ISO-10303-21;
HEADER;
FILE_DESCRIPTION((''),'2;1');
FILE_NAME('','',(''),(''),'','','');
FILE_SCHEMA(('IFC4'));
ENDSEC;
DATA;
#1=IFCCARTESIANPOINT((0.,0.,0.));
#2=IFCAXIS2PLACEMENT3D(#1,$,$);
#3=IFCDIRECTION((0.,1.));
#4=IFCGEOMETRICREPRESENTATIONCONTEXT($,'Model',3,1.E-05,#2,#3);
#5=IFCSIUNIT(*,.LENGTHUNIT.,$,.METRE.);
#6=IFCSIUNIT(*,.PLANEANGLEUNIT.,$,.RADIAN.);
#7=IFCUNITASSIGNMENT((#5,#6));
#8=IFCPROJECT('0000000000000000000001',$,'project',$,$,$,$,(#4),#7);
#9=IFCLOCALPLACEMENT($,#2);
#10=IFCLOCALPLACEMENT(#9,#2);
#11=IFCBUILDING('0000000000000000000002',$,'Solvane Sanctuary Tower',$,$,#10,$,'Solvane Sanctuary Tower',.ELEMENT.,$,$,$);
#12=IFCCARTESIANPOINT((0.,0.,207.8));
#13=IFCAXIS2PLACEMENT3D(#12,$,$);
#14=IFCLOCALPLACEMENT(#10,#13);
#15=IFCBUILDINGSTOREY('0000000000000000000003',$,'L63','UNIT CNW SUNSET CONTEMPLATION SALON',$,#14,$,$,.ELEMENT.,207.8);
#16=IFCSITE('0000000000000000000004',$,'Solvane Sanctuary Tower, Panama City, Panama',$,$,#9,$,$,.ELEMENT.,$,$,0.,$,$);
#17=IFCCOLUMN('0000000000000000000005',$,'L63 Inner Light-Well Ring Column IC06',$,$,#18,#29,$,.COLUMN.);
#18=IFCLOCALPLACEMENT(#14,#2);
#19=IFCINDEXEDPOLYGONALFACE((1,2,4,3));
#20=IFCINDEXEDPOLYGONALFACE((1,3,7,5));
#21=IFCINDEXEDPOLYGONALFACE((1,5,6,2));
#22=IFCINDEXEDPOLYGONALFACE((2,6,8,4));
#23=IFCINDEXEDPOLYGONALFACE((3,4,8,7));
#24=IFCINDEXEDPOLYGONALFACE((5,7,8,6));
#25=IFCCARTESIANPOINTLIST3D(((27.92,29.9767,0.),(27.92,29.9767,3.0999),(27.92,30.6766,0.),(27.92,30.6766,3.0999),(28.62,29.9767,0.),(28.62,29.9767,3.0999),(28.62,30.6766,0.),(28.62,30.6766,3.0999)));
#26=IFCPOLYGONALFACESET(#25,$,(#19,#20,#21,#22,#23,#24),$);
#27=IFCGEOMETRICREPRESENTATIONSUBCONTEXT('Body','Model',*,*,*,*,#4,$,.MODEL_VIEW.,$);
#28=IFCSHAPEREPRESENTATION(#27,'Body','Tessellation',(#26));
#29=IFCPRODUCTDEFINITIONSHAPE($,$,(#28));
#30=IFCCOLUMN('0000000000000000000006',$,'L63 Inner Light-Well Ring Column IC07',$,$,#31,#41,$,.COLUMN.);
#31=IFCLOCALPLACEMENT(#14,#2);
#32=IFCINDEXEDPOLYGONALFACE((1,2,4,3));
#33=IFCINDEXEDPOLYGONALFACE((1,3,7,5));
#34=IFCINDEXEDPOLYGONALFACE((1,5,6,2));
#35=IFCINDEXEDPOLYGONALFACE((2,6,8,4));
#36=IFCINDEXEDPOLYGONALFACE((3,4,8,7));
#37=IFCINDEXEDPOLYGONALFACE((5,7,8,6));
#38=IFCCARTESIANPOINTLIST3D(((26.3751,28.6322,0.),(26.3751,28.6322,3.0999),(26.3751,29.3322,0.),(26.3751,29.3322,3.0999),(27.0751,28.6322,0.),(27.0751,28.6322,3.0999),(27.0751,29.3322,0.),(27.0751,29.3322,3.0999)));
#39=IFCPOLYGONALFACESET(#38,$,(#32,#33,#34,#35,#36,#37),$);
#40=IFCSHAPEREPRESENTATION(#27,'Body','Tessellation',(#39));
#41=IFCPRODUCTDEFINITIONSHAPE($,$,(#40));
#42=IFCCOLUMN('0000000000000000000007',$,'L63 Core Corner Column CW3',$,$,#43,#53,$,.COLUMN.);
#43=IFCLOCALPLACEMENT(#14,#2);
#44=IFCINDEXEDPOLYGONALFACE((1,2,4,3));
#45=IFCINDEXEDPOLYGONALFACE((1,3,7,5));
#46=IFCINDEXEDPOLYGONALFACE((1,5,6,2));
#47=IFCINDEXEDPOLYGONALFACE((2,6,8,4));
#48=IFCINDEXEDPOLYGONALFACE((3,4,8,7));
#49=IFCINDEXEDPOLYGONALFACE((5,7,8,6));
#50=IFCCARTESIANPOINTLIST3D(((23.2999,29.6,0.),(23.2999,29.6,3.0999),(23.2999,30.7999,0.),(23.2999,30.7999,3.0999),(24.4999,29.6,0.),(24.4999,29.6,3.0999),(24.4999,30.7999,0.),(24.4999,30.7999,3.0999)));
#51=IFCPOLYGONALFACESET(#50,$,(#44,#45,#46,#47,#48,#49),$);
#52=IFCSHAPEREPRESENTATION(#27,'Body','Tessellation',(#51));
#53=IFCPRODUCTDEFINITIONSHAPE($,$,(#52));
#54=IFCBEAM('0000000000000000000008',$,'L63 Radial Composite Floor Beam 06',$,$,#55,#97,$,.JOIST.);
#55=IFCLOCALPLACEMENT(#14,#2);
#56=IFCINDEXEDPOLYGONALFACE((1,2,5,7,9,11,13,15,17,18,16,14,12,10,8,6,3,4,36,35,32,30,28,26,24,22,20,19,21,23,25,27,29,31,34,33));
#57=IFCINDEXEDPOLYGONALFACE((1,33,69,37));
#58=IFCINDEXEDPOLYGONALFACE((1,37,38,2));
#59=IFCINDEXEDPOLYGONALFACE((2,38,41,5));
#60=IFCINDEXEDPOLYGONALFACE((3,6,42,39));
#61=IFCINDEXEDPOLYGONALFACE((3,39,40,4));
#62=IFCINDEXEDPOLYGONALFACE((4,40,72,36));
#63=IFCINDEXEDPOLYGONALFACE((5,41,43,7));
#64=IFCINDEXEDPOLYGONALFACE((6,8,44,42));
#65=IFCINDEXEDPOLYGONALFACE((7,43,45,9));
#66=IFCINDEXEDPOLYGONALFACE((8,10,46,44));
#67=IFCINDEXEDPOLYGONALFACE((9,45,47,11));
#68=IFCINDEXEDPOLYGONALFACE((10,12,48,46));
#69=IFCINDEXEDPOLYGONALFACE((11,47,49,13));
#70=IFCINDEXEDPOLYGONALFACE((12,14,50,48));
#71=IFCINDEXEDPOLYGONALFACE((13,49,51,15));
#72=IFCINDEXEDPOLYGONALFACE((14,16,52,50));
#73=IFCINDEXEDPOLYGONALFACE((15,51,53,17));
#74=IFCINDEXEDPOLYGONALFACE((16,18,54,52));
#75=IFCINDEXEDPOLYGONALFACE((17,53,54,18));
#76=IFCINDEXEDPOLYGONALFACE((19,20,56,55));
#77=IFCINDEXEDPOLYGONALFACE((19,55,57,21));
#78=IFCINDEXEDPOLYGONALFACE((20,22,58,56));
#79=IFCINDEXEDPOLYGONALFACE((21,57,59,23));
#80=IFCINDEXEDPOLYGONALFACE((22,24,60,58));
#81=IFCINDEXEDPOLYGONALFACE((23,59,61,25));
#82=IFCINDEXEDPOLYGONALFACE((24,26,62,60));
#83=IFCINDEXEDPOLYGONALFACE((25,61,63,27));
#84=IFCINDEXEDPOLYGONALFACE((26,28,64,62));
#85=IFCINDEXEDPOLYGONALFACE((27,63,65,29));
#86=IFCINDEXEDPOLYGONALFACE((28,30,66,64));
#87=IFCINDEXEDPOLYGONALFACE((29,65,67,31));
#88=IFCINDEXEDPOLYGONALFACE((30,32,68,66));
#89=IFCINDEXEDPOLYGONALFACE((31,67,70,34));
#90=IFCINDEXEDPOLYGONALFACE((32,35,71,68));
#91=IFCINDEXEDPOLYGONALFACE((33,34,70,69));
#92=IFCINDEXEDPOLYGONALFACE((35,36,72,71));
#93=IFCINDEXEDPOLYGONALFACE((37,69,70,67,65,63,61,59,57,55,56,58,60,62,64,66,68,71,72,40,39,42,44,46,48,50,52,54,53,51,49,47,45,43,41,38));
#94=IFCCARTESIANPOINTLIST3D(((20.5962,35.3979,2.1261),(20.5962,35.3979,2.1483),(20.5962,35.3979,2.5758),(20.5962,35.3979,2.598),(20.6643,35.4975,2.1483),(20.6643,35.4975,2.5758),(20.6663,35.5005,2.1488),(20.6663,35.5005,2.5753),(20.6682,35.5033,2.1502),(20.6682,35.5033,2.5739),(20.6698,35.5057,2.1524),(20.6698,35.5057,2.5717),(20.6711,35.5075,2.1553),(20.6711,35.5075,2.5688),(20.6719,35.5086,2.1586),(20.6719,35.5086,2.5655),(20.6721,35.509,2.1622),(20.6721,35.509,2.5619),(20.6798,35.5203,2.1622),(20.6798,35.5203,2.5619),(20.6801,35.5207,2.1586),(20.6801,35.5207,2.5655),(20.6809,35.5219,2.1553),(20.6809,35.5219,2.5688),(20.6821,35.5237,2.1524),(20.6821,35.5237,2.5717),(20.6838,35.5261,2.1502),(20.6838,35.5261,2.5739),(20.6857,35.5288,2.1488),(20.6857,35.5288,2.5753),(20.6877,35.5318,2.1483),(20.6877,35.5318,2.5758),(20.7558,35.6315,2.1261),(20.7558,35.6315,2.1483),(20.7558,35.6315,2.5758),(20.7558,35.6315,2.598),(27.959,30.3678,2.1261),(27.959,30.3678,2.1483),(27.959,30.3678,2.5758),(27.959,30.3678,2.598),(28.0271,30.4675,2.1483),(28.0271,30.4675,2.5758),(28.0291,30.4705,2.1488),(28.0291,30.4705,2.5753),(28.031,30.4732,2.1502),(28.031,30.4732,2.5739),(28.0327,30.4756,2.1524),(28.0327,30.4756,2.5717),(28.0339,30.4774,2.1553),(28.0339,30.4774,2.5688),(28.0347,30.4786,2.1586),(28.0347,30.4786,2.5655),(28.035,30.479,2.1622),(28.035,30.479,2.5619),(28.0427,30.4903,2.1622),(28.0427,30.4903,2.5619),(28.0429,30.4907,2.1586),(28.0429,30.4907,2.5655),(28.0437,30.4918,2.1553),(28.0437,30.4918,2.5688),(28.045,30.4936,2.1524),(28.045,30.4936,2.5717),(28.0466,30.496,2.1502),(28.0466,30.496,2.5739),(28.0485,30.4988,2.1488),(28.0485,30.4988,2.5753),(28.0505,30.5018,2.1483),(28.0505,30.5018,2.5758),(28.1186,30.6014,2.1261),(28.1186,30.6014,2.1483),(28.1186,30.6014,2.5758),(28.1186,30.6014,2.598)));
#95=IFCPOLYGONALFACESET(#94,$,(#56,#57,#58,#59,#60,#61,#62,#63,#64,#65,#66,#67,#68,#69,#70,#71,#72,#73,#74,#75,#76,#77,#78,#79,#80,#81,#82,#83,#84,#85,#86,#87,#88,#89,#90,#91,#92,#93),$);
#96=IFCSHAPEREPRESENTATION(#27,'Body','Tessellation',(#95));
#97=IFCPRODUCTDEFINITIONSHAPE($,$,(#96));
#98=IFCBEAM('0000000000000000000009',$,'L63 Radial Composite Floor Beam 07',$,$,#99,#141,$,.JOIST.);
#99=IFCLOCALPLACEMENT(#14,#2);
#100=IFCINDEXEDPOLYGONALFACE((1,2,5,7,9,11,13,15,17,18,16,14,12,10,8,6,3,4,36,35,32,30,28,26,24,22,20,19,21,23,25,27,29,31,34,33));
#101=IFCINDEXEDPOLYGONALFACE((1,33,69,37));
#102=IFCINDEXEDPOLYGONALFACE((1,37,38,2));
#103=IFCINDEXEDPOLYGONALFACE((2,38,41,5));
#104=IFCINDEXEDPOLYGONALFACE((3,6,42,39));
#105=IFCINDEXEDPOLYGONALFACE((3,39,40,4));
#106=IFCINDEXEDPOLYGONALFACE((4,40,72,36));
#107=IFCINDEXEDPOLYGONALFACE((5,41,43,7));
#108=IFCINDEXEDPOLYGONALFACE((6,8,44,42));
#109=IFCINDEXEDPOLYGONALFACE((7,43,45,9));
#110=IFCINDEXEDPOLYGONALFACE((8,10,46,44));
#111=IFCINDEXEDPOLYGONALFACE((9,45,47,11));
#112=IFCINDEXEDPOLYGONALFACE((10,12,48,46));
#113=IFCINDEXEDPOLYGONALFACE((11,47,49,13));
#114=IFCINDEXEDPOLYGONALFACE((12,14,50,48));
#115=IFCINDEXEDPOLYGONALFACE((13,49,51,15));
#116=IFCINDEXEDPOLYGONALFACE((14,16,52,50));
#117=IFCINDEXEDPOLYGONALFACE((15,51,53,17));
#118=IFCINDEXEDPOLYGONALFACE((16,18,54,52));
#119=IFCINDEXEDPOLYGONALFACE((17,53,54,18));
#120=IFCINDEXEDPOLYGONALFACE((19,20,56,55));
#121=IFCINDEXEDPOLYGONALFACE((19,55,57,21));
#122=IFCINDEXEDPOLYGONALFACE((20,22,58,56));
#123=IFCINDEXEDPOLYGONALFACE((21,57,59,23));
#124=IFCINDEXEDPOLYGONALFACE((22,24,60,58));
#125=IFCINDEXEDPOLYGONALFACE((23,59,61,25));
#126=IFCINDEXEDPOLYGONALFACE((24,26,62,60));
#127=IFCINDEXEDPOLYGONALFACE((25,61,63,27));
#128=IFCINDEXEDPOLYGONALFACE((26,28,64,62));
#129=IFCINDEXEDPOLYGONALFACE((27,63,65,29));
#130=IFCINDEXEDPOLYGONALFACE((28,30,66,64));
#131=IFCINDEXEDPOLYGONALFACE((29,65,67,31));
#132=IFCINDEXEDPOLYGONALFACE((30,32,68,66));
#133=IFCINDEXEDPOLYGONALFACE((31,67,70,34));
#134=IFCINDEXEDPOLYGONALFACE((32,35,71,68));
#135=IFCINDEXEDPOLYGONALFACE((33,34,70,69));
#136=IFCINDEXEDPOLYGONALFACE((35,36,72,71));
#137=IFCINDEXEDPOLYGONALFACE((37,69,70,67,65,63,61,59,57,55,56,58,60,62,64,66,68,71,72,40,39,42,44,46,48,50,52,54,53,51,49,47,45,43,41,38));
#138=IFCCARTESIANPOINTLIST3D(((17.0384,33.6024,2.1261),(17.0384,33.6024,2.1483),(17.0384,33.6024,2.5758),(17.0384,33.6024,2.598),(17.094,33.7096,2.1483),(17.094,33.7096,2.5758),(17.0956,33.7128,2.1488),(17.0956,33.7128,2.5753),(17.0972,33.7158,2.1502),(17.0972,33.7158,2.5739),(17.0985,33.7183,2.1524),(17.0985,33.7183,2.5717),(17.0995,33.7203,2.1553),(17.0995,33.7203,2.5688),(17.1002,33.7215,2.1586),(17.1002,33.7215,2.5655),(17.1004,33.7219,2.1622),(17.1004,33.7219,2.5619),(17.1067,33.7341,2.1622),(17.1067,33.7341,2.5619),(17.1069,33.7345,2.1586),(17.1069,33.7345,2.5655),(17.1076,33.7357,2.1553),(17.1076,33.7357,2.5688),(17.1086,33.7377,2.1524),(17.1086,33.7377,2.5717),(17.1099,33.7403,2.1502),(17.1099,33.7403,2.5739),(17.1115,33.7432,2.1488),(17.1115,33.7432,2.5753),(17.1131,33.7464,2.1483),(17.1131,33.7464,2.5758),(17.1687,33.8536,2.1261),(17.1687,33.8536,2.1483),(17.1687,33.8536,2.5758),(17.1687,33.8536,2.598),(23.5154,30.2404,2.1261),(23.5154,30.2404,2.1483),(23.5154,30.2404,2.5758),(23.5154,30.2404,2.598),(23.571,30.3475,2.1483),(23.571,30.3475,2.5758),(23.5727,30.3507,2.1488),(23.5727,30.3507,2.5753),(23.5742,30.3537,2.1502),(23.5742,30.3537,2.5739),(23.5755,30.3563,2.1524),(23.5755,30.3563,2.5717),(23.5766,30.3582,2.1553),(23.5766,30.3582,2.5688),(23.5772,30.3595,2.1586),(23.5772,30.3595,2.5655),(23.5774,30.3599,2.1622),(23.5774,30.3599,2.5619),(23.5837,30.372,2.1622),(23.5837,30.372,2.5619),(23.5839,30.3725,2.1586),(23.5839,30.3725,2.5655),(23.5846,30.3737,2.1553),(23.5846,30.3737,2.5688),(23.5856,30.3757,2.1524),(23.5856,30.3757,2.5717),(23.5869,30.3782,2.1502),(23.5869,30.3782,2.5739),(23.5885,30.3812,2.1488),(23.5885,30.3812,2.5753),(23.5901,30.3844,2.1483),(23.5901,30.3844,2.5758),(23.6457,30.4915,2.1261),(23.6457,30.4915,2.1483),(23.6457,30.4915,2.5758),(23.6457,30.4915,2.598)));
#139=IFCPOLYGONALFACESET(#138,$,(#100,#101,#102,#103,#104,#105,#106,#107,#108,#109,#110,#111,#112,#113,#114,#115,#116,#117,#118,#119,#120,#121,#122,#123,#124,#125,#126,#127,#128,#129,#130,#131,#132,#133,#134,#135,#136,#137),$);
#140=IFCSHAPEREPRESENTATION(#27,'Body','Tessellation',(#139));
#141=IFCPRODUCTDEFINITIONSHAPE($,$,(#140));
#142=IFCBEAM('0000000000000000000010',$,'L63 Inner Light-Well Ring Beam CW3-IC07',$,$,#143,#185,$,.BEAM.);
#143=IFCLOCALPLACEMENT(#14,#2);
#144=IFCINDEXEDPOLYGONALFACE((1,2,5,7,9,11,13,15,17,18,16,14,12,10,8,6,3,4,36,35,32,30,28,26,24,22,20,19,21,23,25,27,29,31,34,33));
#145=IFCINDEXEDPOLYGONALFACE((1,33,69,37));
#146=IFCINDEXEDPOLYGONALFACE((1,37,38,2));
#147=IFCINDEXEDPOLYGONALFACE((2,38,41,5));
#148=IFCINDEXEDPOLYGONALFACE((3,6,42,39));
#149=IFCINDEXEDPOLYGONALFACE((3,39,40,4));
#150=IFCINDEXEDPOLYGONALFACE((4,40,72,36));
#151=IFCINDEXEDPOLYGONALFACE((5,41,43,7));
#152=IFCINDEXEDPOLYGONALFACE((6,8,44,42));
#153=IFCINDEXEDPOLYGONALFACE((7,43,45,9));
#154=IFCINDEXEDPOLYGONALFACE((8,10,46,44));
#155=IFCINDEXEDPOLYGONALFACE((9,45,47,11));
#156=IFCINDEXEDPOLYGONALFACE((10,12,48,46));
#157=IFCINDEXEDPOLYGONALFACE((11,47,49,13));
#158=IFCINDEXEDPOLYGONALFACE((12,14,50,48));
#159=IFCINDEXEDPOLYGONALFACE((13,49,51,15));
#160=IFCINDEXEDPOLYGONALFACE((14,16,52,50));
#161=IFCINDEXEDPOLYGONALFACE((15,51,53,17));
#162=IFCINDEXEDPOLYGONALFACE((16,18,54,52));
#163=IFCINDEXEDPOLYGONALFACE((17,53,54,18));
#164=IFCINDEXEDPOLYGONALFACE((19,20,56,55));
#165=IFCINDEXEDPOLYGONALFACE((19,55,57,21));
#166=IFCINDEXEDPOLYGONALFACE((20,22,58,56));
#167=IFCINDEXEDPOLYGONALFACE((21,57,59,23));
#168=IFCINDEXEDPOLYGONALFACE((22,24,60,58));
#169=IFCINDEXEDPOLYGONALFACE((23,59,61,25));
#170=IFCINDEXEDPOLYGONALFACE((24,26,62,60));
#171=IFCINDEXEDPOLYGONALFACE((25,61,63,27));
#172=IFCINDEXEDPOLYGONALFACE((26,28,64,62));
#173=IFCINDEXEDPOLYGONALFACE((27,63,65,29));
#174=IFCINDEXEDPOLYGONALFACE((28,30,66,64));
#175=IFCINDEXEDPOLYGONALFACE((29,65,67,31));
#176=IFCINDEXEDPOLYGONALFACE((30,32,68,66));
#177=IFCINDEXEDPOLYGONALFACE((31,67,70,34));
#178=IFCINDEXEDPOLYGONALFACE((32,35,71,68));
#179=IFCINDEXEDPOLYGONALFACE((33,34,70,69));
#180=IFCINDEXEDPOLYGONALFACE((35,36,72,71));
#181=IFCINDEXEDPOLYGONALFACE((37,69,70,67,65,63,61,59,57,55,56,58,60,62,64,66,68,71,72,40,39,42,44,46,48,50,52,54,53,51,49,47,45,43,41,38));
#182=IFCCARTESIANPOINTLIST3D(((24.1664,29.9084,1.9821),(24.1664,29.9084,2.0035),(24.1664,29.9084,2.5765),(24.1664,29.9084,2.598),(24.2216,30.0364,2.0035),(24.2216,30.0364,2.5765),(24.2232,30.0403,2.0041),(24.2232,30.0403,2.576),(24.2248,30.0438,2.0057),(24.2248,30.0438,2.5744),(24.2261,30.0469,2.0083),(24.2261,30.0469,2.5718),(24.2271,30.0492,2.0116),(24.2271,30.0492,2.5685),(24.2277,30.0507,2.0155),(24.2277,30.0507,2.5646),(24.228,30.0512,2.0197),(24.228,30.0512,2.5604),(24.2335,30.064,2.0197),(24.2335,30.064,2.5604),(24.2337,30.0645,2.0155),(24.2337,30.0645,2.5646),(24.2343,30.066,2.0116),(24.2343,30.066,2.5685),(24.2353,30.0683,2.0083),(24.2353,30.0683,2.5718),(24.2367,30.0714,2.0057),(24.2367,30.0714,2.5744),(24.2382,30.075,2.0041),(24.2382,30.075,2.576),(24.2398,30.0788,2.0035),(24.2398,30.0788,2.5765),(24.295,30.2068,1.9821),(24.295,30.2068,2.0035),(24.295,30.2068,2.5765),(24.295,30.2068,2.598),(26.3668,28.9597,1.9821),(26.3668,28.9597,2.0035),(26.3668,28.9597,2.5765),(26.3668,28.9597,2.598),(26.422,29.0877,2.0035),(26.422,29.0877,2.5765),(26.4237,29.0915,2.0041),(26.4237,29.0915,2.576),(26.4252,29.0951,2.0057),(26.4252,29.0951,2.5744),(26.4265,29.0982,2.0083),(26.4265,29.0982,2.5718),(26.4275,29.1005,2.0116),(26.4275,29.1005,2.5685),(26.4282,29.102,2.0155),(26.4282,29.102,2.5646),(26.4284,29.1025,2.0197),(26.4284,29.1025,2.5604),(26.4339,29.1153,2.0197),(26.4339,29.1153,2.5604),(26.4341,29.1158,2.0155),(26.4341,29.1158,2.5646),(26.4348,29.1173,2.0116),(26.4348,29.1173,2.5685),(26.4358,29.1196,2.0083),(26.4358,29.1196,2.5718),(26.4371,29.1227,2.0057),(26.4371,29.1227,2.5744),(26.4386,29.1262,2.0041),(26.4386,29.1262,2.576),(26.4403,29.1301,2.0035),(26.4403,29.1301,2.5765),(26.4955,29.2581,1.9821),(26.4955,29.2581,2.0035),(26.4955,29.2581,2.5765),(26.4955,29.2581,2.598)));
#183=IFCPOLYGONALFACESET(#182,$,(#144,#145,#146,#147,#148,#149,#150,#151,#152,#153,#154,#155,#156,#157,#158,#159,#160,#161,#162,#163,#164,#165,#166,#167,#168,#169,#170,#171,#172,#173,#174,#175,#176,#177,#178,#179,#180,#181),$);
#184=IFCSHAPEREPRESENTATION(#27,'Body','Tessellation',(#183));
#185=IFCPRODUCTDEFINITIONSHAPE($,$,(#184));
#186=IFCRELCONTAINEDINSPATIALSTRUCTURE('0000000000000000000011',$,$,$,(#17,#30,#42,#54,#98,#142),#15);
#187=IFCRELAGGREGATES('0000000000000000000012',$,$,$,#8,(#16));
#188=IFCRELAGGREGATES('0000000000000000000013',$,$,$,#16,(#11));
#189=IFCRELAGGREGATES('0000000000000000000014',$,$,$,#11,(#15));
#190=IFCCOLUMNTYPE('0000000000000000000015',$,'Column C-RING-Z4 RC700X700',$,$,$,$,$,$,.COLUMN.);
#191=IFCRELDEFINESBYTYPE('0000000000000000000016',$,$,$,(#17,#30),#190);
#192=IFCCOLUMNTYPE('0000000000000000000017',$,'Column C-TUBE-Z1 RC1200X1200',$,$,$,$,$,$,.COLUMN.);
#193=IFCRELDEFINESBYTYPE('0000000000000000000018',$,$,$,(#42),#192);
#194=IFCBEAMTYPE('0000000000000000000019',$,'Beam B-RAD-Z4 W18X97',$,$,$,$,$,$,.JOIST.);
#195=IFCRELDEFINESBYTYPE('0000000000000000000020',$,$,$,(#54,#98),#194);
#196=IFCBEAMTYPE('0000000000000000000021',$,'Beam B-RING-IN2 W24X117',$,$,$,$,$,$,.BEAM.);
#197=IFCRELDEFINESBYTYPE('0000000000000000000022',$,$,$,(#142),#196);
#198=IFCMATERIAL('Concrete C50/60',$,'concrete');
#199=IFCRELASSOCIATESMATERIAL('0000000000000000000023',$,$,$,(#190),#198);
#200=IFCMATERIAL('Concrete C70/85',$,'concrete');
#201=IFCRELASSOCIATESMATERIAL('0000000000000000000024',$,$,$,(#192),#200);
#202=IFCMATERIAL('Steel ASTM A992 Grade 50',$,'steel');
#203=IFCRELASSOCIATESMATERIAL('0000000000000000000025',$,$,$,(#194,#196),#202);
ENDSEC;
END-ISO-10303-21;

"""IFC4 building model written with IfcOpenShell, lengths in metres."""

from ifc_helpers import new_model, si_unit, direction, frame, origin, origin_2d, place, context, subcontext, project, spatial, rectangle, i_section, extrude, material, material_profile, profile_set, type_object, element, save


model = new_model("IFC4")

# Units and contexts
model_context = context("Model", 3, precision=1e-05, world=origin(), true_north=direction((0.0, 1.0)))
body_context = subcontext(model_context, "Body", "Model", "MODEL_VIEW")
ifc_project = project(units=[si_unit("LENGTHUNIT", "METRE"), si_unit("PLANEANGLEUNIT", "RADIAN")], contexts=[model_context])

# Site, building, storey
site_placement = place(None, origin())
site = spatial("IfcSite", under=ifc_project, at=site_placement, Name="Solvane Sanctuary Tower, Panama City, Panama", CompositionType="ELEMENT", RefElevation=0.0)
building_placement = place(site_placement, origin())
building = spatial("IfcBuilding", under=site, at=building_placement, Name="Solvane Sanctuary Tower", LongName="Solvane Sanctuary Tower", CompositionType="ELEMENT")
storey_placement = place(building_placement, frame((0.0, 0.0, 207.8)))
storey = spatial("IfcBuildingStorey", under=building, at=storey_placement, Name="L63", Description="UNIT CNW SUNSET CONTEMPLATION SALON", CompositionType="ELEMENT", Elevation=207.8)

# Columns
ifc_material_1 = material(Name="Concrete C50/60", Category="concrete")
ifc_material_profile_1 = material_profile(ifc_material_1, rectangle(XDim=0.7, YDim=0.7, at=origin_2d()), Name="RC700X700")
ifc_profile_set_1 = profile_set([ifc_material_profile_1], Name="Concrete C50/60")
column_type_1 = type_object("IfcColumnType", Name="Column C-RING-Z4 RC700X700", PredefinedType="COLUMN", material=ifc_profile_set_1)
for number, where, z_axis, x_axis, name in (
    (1, (28.27, 30.3267, 0.0), (0.0, 0.0, 1.0), (1.0, 0.0, 0.0), "L63 Inner Light-Well Ring Column IC06"),
    (2, (26.7251, 28.9822, 0.0), (0.0, 0.0, 1.0), (1.0, 0.0, 0.0), "L63 Inner Light-Well Ring Column IC07"),
):
    element("IfcColumn", number, at=place(storey_placement, frame(where, z_axis=z_axis, x_axis=x_axis)), inside=storey, type_object=column_type_1, Name=name, PredefinedType="COLUMN", context=body_context, shape_type="SweptSolid", body=[
        extrude(rectangle(XDim=0.7, YDim=0.7, at=origin_2d()), origin(), (0.0, 0.0, 1.0), 3.0999),
    ])
ifc_material_2 = material(Name="Concrete C70/85", Category="concrete")
ifc_material_profile_2 = material_profile(ifc_material_2, rectangle(XDim=1.2, YDim=1.2, at=origin_2d()), Name="RC1200X1200")
ifc_profile_set_2 = profile_set([ifc_material_profile_2], Name="Concrete C70/85")
column_type_2 = type_object("IfcColumnType", Name="Column C-TUBE-Z1 RC1200X1200", PredefinedType="COLUMN", material=ifc_profile_set_2)
column_placement = place(storey_placement, frame((23.8999, 30.2, 0.0), z_axis=(0.0, 0.0, 1.0), x_axis=(1.0, 0.0, 0.0)))
element("IfcColumn", 3, at=column_placement, inside=storey, type_object=column_type_2, Name="L63 Core Corner Column CW3", PredefinedType="COLUMN", context=body_context, shape_type="SweptSolid", body=[
    extrude(rectangle(XDim=1.2, YDim=1.2, at=origin_2d()), origin(), (0.0, 0.0, 1.0), 3.0999),
])

# Beams
ifc_material_3 = material(Name="Steel ASTM A992 Grade 50", Category="steel")
ifc_material_profile_3 = material_profile(ifc_material_3, i_section(OverallWidth=0.283, OverallDepth=0.4719, WebThickness=0.0137, FlangeThickness=0.0222, FilletRadius=0.0139, at=origin_2d()), Name="W18X97")
ifc_profile_set_3 = profile_set([ifc_material_profile_3], Name="Steel ASTM A992 Grade 50")
beam_type_1 = type_object("IfcBeamType", Name="Beam B-RAD-Z4 W18X97", PredefinedType="JOIST", material=ifc_profile_set_3)
beam_1_placement = place(storey_placement, frame((28.0388, 30.4846, 2.3621), z_axis=(-0.825708, 0.564098, 0.0), x_axis=(-0.564098, -0.825708, 0.0)))
element("IfcBeam", 4, at=beam_1_placement, inside=storey, type_object=beam_type_1, Name="L63 Radial Composite Floor Beam 06", PredefinedType="JOIST", context=body_context, shape_type="SweptSolid", body=[
    extrude(i_section(OverallWidth=0.283, OverallDepth=0.4719, WebThickness=0.0137, FlangeThickness=0.0222, FilletRadius=0.0139, at=origin_2d()), origin(), (0.0, 0.0, 1.0), 8.917),
])
beam_2_placement = place(storey_placement, frame((23.5806, 30.366, 2.3621), z_axis=(-0.887553, 0.460705, 0.0), x_axis=(-0.460705, -0.887553, 0.0)))
element("IfcBeam", 5, at=beam_2_placement, inside=storey, type_object=beam_type_1, Name="L63 Radial Composite Floor Beam 07", PredefinedType="JOIST", context=body_context, shape_type="SweptSolid", body=[
    extrude(i_section(OverallWidth=0.283, OverallDepth=0.4719, WebThickness=0.0137, FlangeThickness=0.0222, FilletRadius=0.0139, at=origin_2d()), origin(), (0.0, 0.0, 1.0), 7.2976),
])
ifc_material_profile_4 = material_profile(ifc_material_3, i_section(OverallWidth=0.325, OverallDepth=0.616, WebThickness=0.0139, FlangeThickness=0.0215, FilletRadius=0.0161, at=origin_2d()), Name="W24X117")
ifc_profile_set_4 = profile_set([ifc_material_profile_4], Name="Steel ASTM A992 Grade 50")
beam_type_2 = type_object("IfcBeamType", Name="Beam B-RING-IN2 W24X117", PredefinedType="BEAM", material=ifc_profile_set_4)
beam_3_placement = place(storey_placement, frame((24.2307, 30.0576, 2.29), z_axis=(0.918284, -0.395923, 0.0), x_axis=(0.395923, 0.918284, 0.0)))
element("IfcBeam", 6, at=beam_3_placement, inside=storey, type_object=beam_type_2, Name="L63 Inner Light-Well Ring Beam CW3-IC07", PredefinedType="BEAM", context=body_context, shape_type="SweptSolid", body=[
    extrude(i_section(OverallWidth=0.325, OverallDepth=0.616, WebThickness=0.0139, FlangeThickness=0.0215, FilletRadius=0.0161, at=origin_2d()), origin(), (0.0, 0.0, 1.0), 2.3962),
])

save(model, "model.ifc")
